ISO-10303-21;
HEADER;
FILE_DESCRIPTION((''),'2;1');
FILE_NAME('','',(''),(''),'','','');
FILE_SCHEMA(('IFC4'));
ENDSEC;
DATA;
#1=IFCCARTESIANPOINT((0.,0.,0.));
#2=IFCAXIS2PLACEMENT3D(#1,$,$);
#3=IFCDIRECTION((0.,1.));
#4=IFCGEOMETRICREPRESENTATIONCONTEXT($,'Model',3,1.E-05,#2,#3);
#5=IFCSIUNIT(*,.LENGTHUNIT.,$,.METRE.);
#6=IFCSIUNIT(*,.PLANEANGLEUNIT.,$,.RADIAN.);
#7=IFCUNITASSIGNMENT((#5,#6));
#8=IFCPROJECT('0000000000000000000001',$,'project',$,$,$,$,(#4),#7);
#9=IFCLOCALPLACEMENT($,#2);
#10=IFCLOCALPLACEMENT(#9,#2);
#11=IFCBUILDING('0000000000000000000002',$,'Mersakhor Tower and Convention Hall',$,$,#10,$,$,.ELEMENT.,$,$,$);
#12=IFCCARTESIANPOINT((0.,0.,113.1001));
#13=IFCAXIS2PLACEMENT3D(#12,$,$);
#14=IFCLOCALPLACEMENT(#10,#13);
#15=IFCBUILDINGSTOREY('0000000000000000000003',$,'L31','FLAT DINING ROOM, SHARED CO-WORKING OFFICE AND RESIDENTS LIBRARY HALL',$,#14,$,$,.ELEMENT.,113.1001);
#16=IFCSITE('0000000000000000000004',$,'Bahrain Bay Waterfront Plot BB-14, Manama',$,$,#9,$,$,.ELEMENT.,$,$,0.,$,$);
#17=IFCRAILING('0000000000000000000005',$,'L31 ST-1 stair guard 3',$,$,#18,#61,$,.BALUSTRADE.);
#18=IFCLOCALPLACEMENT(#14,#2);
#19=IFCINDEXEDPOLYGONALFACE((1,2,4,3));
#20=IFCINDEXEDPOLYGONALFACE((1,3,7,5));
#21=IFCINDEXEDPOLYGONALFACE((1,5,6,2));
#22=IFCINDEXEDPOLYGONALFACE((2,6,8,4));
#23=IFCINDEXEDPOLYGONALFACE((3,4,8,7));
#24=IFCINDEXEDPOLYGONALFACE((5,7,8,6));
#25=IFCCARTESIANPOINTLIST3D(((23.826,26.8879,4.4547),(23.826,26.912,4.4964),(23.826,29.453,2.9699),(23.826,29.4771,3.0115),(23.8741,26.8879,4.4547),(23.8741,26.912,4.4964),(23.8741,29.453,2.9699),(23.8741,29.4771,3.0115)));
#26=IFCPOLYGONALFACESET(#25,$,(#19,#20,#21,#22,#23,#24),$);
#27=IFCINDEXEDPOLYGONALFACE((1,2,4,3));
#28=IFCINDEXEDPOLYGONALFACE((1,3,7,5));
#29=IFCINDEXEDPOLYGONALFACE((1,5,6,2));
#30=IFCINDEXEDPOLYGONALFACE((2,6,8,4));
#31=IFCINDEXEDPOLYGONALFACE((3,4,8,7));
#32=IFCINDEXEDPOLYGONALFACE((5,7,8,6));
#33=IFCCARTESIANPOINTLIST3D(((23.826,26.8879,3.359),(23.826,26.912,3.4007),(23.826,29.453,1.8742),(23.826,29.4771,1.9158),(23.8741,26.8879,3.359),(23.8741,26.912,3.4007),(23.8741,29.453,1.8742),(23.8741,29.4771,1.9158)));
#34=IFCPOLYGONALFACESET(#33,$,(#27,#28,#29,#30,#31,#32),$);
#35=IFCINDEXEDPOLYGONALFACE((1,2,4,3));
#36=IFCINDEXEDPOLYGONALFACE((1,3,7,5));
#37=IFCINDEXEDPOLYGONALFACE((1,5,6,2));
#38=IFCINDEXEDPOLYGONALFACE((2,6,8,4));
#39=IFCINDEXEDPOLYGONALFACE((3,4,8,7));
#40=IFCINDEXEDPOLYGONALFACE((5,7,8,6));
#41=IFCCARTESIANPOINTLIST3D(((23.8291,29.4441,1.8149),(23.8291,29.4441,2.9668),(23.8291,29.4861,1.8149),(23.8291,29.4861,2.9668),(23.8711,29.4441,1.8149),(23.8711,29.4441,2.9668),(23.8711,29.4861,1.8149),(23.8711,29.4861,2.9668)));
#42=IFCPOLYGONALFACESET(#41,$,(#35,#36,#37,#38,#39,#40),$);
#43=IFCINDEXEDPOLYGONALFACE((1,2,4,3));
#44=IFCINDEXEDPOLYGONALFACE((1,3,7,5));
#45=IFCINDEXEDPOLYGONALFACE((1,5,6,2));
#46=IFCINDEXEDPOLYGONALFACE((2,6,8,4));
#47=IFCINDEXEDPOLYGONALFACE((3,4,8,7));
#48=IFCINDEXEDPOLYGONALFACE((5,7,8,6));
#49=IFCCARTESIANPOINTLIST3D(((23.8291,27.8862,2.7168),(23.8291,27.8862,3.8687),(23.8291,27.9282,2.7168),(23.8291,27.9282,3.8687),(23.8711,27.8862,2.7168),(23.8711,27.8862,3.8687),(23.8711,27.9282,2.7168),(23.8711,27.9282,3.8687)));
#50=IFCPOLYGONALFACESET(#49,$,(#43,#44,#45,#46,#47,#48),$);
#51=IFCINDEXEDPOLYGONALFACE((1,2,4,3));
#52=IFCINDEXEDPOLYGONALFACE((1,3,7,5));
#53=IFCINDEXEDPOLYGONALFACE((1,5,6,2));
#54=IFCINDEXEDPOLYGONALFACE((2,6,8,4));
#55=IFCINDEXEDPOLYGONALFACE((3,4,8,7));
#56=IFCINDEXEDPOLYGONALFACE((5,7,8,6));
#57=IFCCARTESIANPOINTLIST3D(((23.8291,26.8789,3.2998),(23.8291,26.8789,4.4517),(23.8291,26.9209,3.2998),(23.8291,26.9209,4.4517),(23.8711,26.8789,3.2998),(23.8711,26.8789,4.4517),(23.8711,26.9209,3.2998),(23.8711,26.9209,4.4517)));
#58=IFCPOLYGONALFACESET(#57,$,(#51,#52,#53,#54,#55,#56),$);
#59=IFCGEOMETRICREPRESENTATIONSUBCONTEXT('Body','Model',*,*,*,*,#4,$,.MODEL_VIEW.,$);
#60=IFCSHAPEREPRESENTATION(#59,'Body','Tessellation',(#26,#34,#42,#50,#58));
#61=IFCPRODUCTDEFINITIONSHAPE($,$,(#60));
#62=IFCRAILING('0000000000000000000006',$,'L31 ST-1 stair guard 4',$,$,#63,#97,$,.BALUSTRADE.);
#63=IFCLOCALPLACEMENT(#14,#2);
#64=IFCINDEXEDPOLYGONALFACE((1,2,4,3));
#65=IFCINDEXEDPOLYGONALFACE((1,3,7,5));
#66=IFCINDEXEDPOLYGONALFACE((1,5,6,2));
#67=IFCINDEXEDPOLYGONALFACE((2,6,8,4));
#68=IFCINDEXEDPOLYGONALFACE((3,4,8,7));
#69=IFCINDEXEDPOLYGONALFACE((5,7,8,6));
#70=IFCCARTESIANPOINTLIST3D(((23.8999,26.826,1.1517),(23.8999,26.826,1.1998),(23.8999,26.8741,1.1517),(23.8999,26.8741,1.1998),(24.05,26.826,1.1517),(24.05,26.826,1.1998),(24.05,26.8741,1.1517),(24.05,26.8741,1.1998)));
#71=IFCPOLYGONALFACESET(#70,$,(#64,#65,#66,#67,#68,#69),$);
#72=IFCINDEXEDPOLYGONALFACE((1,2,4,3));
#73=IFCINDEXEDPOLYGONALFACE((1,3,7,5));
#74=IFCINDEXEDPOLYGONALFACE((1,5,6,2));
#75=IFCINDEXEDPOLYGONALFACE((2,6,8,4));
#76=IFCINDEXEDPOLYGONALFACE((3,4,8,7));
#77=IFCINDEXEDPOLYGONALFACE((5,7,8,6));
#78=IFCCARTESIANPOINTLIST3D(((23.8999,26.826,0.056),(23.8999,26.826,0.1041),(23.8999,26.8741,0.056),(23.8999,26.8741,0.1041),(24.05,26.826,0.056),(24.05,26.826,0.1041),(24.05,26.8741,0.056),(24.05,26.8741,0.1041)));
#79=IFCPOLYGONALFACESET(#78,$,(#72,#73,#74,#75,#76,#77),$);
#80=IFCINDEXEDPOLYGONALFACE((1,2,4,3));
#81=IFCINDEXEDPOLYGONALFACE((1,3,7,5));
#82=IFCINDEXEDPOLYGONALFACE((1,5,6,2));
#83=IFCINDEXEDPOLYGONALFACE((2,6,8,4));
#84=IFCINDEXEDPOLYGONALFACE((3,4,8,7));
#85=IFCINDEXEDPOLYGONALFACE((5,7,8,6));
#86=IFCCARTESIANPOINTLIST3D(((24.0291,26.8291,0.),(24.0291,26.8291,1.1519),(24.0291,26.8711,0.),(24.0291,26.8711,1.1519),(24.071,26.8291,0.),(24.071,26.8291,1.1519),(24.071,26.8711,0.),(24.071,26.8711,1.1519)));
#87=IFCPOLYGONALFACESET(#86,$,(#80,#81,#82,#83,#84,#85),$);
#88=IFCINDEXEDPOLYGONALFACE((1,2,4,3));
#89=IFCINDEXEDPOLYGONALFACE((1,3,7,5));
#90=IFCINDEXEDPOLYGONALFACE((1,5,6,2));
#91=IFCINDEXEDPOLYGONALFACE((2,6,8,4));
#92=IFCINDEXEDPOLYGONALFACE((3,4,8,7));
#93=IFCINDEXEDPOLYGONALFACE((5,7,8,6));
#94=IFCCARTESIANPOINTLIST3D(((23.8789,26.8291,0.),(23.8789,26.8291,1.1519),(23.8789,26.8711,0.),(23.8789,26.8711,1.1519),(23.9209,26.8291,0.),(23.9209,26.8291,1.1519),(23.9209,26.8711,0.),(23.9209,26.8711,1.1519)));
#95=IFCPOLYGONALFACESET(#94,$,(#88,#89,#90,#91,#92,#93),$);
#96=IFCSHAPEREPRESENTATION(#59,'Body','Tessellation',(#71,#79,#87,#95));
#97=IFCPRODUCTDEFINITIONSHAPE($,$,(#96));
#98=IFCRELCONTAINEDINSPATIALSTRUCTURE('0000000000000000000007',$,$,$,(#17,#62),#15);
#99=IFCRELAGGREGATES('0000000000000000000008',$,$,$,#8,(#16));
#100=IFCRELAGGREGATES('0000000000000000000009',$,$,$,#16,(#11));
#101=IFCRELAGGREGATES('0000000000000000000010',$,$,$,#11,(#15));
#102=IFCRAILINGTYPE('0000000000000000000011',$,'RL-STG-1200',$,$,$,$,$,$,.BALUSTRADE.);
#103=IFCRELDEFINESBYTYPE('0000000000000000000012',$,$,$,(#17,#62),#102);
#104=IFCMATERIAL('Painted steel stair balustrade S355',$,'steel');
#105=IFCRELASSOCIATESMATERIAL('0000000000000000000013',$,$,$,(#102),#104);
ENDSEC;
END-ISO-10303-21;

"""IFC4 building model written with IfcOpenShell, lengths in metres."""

from ifc_helpers import new_model, si_unit, direction, frame, origin, origin_2d, place, context, subcontext, project, spatial, rectangle, extrude, material, type_object, element, save


model = new_model("IFC4")

# Units and contexts
model_context = context("Model", 3, precision=1e-05, world=origin(), true_north=direction((0.0, 1.0)))
body_context = subcontext(model_context, "Body", "Model", "MODEL_VIEW")
ifc_project = project(units=[si_unit("LENGTHUNIT", "METRE"), si_unit("PLANEANGLEUNIT", "RADIAN")], contexts=[model_context])

# Site, building, storey
site_placement = place(None, origin())
site = spatial("IfcSite", under=ifc_project, at=site_placement, Name="Bahrain Bay Waterfront Plot BB-14, Manama", CompositionType="ELEMENT", RefElevation=0.0)
building_placement = place(site_placement, origin())
building = spatial("IfcBuilding", under=site, at=building_placement, Name="Mersakhor Tower and Convention Hall", CompositionType="ELEMENT")
storey_placement = place(building_placement, frame((0.0, 0.0, 113.1001)))
storey = spatial("IfcBuildingStorey", under=building, at=storey_placement, Name="L31", Description="FLAT DINING ROOM, SHARED CO-WORKING OFFICE AND RESIDENTS LIBRARY HALL", CompositionType="ELEMENT", Elevation=113.1001)

# Railings
ifc_material_1 = material(Name="Painted steel stair balustrade S355", Category="steel")
railing_type_1 = type_object("IfcRailingType", Name="RL-STG-1200", PredefinedType="BALUSTRADE", material=ifc_material_1)
railing_1_placement = place(storey_placement, frame((23.8501, 29.4651, 1.8149)))
element("IfcRailing", 1, at=railing_1_placement, inside=storey, type_object=railing_type_1, Name="L31 ST-1 stair guard 3", PredefinedType="BALUSTRADE", context=body_context, shape_type="SweptSolid", body=[
    extrude(rectangle(XDim=0.0481, YDim=0.0481, at=origin_2d()), frame((0.0, 0.0, 1.1758), z_axis=(0.0, -0.865462, 0.500975), x_axis=(1.0, 0.0, 0.0)), (0.0, 0.0, 1.0), 2.9639),
    extrude(rectangle(XDim=0.0481, YDim=0.0481, at=origin_2d()), frame((0.0, 0.0, 0.0801), z_axis=(0.0, -0.865462, 0.500975), x_axis=(1.0, 0.0, 0.0)), (0.0, 0.0, 1.0), 2.9639),
    extrude(rectangle(XDim=0.042, YDim=0.042, at=origin_2d()), origin(), (0.0, 0.0, 1.0), 1.1519),
    extrude(rectangle(XDim=0.042, YDim=0.042, at=origin_2d()), frame((0.0, -1.5579, 0.9019)), (0.0, 0.0, 1.0), 1.1519),
    extrude(rectangle(XDim=0.042, YDim=0.042, at=origin_2d()), frame((0.0, -2.5652, 1.4849)), (0.0, 0.0, 1.0), 1.1519),
])
railing_2_placement = place(storey_placement, frame((24.05, 26.8501, 0.0)))
element("IfcRailing", 2, at=railing_2_placement, inside=storey, type_object=railing_type_1, Name="L31 ST-1 stair guard 4", PredefinedType="BALUSTRADE", context=body_context, shape_type="SweptSolid", body=[
    extrude(rectangle(XDim=0.0481, YDim=0.0481, at=origin_2d()), frame((0.0, 0.0, 1.1758), z_axis=(-1.0, 0.0, 0.0), x_axis=(0.0, -1.0, 0.0)), (0.0, 0.0, 1.0), 0.1501),
    extrude(rectangle(XDim=0.0481, YDim=0.0481, at=origin_2d()), frame((0.0, 0.0, 0.0801), z_axis=(-1.0, 0.0, 0.0), x_axis=(0.0, -1.0, 0.0)), (0.0, 0.0, 1.0), 0.1501),
    extrude(rectangle(XDim=0.042, YDim=0.042, at=origin_2d()), origin(), (0.0, 0.0, 1.0), 1.1519),
    extrude(rectangle(XDim=0.042, YDim=0.042, at=origin_2d()), frame((-0.1501, 0.0, 0.0)), (0.0, 0.0, 1.0), 1.1519),
])

save(model, "model.ifc")
